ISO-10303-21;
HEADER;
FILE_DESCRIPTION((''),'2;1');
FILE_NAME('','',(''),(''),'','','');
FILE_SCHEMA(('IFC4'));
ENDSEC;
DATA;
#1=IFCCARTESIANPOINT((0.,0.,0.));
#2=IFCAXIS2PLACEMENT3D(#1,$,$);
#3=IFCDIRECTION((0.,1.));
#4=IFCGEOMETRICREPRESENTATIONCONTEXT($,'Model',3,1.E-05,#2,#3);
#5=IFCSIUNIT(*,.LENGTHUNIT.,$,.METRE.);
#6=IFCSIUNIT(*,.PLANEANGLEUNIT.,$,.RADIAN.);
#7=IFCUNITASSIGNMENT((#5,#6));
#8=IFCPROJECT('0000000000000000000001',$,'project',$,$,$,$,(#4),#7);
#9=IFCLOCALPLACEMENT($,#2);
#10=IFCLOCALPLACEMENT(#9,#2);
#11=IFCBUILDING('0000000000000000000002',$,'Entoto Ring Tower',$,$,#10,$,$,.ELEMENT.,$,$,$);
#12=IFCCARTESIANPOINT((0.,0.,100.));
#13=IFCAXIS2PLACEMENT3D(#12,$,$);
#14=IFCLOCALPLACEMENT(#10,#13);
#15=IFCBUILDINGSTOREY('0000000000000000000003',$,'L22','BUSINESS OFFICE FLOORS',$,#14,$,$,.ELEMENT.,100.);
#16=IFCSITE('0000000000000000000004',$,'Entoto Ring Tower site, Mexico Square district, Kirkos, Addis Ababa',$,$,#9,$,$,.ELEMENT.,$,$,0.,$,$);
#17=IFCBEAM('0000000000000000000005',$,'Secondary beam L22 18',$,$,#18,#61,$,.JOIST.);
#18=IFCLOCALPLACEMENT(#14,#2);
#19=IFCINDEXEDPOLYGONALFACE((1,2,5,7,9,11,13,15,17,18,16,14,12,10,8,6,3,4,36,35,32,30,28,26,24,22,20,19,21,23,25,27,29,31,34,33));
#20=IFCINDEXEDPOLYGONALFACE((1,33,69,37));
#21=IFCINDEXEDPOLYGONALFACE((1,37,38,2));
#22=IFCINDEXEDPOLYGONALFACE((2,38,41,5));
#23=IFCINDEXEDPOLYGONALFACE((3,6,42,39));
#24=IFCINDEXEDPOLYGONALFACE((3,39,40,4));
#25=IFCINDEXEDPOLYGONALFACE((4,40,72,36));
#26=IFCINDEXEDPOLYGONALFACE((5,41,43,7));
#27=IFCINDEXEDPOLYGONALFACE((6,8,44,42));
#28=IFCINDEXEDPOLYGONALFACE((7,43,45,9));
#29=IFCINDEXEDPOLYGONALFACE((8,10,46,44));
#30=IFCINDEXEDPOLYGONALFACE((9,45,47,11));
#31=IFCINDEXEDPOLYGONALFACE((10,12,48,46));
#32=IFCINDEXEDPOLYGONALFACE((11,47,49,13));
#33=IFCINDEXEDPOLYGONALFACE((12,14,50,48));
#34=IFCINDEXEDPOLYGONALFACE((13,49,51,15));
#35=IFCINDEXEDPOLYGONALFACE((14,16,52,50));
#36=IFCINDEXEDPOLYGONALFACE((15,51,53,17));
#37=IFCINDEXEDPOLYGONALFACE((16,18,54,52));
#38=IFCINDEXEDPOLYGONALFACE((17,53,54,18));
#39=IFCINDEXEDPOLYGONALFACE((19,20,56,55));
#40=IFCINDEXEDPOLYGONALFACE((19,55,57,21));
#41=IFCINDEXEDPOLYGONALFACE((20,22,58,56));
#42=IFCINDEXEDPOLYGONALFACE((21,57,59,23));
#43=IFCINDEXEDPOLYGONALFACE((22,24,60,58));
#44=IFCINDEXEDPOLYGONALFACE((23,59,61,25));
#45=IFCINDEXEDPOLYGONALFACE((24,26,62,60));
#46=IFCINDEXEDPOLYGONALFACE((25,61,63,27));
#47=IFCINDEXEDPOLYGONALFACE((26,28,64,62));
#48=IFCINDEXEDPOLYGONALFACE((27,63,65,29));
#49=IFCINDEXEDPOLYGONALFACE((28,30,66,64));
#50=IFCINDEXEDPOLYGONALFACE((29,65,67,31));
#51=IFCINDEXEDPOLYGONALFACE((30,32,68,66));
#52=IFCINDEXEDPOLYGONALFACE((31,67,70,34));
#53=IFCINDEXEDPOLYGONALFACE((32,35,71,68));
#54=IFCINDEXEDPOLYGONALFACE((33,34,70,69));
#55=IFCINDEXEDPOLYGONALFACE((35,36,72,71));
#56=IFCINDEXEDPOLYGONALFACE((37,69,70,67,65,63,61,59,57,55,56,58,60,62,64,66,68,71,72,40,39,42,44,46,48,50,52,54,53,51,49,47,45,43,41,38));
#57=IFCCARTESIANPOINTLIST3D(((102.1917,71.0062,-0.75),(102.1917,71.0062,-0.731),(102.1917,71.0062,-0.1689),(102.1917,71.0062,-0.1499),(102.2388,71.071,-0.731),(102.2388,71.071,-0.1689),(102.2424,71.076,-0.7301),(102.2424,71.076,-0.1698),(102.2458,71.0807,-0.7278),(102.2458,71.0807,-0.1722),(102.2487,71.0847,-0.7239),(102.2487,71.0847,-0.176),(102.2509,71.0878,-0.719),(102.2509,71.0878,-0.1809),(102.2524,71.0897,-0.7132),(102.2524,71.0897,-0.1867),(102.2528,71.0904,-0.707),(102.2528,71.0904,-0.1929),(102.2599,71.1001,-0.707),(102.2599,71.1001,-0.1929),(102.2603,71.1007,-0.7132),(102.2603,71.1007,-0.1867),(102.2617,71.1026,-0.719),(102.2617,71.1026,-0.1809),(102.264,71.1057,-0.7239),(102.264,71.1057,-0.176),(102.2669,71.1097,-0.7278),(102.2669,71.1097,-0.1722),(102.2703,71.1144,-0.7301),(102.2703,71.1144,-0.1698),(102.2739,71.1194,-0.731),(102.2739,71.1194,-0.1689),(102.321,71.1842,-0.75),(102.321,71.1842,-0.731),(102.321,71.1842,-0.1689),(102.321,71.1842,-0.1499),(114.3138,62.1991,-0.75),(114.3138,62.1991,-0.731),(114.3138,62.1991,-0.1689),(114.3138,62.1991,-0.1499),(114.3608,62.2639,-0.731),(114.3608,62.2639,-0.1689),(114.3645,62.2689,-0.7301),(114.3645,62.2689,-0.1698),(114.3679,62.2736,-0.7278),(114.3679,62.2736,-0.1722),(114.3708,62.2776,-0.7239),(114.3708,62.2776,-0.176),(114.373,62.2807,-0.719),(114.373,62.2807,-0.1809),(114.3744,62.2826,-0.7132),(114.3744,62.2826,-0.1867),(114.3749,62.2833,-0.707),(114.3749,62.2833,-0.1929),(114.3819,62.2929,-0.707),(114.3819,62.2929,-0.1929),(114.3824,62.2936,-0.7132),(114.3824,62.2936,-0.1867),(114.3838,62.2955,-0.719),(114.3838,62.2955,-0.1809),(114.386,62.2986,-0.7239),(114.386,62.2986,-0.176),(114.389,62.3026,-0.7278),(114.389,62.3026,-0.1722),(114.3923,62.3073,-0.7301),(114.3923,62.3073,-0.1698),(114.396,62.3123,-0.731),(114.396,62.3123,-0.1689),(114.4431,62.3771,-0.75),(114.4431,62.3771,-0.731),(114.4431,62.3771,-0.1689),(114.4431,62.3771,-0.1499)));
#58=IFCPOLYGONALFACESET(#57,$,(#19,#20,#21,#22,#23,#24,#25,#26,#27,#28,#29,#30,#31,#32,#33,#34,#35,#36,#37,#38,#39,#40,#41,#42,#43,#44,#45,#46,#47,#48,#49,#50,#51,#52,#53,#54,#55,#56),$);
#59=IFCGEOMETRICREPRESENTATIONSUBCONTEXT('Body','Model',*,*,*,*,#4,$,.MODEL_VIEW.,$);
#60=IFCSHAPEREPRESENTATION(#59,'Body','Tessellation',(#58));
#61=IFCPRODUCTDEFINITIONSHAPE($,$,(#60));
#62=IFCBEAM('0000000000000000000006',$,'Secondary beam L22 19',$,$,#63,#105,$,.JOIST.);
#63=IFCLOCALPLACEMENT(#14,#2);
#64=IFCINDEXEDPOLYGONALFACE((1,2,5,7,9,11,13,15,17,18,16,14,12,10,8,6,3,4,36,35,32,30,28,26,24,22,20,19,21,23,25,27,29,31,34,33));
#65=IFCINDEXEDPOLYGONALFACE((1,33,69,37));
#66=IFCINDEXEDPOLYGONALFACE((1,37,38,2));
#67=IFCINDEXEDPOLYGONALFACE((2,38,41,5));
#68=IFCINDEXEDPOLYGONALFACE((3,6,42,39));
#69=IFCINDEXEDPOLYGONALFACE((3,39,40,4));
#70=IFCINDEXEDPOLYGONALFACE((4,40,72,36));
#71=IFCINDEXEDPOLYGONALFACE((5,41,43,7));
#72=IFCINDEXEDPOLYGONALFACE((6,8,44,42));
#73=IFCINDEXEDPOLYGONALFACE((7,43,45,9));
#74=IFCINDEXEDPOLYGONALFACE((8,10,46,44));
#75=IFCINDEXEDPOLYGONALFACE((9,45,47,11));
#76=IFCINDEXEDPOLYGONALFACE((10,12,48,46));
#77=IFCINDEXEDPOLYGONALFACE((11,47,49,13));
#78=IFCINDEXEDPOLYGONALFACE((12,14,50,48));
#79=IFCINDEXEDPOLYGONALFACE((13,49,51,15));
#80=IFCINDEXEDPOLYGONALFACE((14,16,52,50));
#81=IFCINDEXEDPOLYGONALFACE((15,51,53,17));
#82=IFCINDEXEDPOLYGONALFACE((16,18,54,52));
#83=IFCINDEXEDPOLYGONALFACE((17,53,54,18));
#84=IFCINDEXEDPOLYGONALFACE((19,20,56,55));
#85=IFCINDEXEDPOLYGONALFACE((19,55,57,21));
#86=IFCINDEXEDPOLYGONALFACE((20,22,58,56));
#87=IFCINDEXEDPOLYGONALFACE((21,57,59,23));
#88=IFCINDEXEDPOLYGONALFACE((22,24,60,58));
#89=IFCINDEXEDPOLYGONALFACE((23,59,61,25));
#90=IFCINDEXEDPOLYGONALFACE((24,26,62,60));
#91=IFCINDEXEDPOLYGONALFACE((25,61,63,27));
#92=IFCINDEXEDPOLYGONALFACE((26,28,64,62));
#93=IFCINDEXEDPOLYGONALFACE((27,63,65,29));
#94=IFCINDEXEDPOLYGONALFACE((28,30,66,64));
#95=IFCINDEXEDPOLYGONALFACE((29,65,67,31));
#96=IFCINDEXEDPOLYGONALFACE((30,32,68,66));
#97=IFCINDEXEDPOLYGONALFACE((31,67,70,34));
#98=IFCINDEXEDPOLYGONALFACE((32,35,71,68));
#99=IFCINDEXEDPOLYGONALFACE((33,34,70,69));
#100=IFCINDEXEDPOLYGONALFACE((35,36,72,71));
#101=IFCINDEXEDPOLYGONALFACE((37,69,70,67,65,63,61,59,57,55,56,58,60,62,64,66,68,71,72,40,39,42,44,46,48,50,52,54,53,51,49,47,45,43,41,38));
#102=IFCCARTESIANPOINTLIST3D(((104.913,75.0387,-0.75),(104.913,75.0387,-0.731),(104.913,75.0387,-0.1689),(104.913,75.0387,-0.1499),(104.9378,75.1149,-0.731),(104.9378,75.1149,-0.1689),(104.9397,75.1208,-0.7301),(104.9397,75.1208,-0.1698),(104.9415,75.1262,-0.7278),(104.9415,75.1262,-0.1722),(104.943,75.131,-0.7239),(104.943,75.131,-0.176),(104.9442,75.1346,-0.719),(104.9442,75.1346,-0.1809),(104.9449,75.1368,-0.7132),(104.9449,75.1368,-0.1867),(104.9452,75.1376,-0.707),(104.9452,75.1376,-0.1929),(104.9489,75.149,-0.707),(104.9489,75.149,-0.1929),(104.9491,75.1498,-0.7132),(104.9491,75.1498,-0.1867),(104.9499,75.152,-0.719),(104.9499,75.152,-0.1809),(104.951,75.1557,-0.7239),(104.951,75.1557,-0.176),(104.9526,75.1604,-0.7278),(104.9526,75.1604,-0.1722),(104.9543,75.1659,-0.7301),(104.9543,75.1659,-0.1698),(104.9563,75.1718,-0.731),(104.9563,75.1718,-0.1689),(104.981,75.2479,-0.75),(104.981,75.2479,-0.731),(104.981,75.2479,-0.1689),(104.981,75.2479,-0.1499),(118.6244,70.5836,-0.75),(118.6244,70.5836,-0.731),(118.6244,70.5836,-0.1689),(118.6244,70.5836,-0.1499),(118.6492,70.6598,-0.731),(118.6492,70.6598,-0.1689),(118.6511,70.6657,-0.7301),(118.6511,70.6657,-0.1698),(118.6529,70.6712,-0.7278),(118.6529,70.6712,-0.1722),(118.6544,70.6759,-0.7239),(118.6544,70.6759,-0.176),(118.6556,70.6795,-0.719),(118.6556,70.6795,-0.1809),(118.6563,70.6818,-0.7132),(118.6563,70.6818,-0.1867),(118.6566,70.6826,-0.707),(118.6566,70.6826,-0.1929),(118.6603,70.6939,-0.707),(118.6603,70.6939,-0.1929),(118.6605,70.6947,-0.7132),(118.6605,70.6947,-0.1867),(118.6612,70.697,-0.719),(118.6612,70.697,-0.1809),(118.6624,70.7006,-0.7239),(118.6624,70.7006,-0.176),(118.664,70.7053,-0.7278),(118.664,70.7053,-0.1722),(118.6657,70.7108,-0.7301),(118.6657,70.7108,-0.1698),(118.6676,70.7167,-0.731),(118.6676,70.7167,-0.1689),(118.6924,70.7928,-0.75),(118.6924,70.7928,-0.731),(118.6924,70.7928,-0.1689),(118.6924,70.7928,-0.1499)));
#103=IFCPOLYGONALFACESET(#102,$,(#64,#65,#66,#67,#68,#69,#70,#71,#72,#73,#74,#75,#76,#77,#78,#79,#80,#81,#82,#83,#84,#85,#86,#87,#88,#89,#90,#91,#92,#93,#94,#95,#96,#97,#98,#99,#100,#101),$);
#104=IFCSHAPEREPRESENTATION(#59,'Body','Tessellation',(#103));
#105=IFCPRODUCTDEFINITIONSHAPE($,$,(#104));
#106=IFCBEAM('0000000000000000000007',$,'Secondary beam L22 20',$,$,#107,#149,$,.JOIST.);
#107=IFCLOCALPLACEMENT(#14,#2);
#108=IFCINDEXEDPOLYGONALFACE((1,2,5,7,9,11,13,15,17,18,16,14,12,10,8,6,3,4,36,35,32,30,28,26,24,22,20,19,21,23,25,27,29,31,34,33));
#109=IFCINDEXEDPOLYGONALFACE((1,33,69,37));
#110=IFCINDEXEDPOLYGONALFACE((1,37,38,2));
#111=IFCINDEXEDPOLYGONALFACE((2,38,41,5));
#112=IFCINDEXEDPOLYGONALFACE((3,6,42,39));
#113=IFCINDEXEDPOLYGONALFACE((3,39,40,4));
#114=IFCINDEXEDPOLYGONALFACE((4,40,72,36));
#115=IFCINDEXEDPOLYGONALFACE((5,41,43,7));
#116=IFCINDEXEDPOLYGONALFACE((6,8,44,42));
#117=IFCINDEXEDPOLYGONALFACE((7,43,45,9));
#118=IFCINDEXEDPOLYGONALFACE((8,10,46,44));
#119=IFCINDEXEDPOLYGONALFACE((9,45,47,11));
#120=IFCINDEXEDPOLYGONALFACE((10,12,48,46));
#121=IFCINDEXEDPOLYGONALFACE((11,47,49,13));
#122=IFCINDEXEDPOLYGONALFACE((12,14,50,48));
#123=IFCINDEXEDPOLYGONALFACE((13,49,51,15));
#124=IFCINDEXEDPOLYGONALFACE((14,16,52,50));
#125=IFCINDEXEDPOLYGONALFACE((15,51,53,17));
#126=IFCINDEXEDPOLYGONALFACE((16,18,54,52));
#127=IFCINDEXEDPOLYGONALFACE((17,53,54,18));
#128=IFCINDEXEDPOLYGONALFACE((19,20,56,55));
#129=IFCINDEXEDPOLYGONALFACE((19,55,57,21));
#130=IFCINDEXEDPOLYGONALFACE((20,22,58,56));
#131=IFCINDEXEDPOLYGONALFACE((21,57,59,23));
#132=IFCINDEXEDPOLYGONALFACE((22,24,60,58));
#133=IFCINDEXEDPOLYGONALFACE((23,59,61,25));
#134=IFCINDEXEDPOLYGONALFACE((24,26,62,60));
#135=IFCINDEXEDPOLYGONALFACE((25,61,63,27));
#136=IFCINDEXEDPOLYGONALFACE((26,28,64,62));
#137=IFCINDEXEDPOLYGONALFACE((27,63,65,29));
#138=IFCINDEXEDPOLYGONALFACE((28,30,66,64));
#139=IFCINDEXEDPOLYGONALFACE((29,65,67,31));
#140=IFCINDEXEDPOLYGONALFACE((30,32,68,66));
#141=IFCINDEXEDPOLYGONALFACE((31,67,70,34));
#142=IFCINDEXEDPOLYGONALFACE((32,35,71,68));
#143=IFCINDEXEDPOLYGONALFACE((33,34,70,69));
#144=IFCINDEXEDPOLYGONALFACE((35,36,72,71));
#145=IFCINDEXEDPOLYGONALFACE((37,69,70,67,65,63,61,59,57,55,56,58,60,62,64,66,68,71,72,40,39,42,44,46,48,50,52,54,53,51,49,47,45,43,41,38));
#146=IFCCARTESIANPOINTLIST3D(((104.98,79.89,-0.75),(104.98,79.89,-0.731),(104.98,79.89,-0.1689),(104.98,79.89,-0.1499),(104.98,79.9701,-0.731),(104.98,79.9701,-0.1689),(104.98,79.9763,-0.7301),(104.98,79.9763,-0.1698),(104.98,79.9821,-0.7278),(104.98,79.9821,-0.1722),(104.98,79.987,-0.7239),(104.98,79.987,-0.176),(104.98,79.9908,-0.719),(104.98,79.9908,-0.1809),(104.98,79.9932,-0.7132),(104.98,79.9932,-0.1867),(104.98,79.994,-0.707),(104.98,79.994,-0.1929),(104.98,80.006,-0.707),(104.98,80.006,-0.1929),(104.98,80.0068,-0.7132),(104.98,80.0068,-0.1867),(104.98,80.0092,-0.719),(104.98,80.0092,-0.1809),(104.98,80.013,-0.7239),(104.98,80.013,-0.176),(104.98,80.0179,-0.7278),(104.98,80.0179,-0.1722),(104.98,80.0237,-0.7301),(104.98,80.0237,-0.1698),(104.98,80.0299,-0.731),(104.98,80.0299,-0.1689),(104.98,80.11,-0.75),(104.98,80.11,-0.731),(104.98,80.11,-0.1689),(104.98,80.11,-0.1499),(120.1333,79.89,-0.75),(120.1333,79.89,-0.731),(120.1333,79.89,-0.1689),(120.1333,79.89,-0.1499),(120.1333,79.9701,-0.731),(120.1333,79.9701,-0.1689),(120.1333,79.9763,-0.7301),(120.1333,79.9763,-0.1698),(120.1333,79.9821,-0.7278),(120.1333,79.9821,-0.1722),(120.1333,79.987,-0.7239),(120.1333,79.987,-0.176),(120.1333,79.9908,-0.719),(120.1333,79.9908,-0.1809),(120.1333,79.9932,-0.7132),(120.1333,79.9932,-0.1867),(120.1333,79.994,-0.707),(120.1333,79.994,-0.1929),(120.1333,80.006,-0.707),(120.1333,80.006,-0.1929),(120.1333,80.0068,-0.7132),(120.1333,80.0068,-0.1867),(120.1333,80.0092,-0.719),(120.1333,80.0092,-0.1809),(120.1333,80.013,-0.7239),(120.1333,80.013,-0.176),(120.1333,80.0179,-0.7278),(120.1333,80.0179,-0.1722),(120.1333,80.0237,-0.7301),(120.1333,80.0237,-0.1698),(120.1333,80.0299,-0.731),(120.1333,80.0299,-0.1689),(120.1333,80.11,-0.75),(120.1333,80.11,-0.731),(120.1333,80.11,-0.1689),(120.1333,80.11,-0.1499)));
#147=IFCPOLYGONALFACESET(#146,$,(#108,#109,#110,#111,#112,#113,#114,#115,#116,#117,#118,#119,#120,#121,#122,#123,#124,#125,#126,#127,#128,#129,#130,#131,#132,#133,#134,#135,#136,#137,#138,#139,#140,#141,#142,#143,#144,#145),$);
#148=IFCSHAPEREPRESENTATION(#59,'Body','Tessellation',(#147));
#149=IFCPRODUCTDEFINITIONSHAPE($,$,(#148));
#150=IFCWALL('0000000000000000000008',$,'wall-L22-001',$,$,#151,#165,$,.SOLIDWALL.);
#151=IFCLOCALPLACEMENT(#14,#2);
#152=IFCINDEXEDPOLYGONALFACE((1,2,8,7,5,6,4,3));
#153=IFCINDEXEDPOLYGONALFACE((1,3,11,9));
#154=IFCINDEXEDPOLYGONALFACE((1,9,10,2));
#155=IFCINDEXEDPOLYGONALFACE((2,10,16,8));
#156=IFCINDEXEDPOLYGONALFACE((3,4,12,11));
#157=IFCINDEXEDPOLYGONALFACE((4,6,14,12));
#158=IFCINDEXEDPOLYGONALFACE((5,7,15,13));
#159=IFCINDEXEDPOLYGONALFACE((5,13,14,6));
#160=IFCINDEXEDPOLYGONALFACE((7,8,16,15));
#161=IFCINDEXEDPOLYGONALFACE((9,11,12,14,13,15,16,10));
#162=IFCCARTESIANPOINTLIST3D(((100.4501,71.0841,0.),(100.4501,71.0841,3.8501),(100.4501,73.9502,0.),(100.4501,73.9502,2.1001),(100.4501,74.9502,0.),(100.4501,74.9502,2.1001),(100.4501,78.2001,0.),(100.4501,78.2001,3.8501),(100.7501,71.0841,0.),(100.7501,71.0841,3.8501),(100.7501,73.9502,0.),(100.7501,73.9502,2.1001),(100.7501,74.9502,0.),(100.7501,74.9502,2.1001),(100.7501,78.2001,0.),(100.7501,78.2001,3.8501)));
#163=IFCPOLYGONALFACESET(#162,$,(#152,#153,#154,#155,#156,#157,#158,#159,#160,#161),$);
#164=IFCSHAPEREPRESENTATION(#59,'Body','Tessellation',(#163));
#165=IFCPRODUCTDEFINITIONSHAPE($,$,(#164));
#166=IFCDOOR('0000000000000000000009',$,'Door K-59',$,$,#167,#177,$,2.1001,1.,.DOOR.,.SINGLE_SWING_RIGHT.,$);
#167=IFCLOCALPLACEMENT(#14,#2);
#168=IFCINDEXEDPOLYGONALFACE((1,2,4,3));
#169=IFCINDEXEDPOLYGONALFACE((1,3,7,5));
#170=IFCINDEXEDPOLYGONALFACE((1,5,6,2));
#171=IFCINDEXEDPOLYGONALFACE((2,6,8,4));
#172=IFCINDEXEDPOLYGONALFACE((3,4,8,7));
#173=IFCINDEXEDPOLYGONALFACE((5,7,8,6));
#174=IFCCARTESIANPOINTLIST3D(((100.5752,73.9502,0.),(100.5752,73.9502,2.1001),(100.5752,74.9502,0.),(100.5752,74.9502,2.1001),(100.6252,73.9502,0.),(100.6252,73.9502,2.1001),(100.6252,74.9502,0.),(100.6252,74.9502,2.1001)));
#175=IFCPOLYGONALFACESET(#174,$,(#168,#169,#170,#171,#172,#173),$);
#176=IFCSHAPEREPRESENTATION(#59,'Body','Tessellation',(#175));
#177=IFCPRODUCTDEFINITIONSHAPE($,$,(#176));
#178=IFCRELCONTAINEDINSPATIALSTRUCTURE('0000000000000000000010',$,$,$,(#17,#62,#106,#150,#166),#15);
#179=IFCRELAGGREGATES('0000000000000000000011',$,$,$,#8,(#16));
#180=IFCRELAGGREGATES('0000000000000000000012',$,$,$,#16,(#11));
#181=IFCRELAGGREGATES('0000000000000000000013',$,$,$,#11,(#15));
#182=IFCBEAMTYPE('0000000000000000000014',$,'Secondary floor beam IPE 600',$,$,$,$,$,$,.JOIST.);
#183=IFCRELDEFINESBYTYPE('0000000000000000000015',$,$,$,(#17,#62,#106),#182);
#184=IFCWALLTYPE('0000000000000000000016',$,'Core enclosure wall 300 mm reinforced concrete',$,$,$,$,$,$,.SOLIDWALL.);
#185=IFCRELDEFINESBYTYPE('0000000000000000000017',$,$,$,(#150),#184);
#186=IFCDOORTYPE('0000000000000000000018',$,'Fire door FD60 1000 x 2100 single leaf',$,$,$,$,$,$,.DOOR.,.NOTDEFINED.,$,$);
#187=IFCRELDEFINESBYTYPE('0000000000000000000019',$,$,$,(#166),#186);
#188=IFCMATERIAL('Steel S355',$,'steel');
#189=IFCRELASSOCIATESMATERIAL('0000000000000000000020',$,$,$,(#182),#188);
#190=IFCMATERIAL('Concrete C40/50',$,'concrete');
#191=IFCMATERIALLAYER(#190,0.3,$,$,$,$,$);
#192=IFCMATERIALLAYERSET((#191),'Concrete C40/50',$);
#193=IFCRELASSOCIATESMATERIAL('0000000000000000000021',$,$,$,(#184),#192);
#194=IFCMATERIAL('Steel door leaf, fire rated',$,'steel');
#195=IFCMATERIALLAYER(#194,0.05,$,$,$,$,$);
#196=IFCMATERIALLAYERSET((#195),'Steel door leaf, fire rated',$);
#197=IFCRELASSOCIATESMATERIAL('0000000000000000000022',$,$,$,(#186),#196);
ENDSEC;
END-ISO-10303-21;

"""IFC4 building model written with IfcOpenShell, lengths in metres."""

from ifc_helpers import new_model, si_unit, direction, frame, frame_2d, origin, origin_2d, place, context, subcontext, project, spatial, rectangle, i_section, extrude, material, layer, layer_set, material_profile, profile_set, type_object, element, fill, save


model = new_model("IFC4")

# Units and contexts
model_context = context("Model", 3, precision=1e-05, world=origin(), true_north=direction((0.0, 1.0)))
body_context = subcontext(model_context, "Body", "Model", "MODEL_VIEW")
ifc_project = project(units=[si_unit("LENGTHUNIT", "METRE"), si_unit("PLANEANGLEUNIT", "RADIAN")], contexts=[model_context])

# Site, building, storey
site_placement = place(None, origin())
site = spatial("IfcSite", under=ifc_project, at=site_placement, Name="Entoto Ring Tower site, Mexico Square district, Kirkos, Addis Ababa", CompositionType="ELEMENT", RefElevation=0.0)
building_placement = place(site_placement, origin())
building = spatial("IfcBuilding", under=site, at=building_placement, Name="Entoto Ring Tower", CompositionType="ELEMENT")
storey_placement = place(building_placement, frame((0.0, 0.0, 100.0)))
storey = spatial("IfcBuildingStorey", under=building, at=storey_placement, Name="L22", Description="BUSINESS OFFICE FLOORS", CompositionType="ELEMENT", Elevation=100.0)

# Beams
ifc_material_1 = material(Name="Steel S355", Category="steel")
ifc_material_profile_1 = material_profile(ifc_material_1, i_section(OverallWidth=0.22, OverallDepth=0.6001, WebThickness=0.012, FlangeThickness=0.019, FilletRadius=0.0239, at=origin_2d()), Name="IPE 600")
ifc_profile_set_1 = profile_set([ifc_material_profile_1], Name="Steel S355")
beam_type_1 = type_object("IfcBeamType", Name="Secondary floor beam IPE 600", PredefinedType="JOIST", material=ifc_profile_set_1)
for number, where, z_axis, x_axis, name in (
    (1, (102.2563, 71.0952, -0.45), (0.809019, -0.587782, 0.0), (0.587782, 0.809019, 0.0), "Secondary beam L22 18"),
):
    element("IfcBeam", number, at=place(storey_placement, frame(where, z_axis=z_axis, x_axis=x_axis)), inside=storey, type_object=beam_type_1, Name=name, PredefinedType="JOIST", context=body_context, shape_type="SweptSolid", body=[
        extrude(i_section(OverallWidth=0.22, OverallDepth=0.6001, WebThickness=0.012, FlangeThickness=0.019, FilletRadius=0.0239, at=origin_2d()), origin(), (0.0, 0.0, 1.0), 14.9836),
    ])
beam_1_placement = place(storey_placement, frame((104.947, 75.1433, -0.45), z_axis=(0.951057, -0.309015, 0.0), x_axis=(0.309015, 0.951057, 0.0)))
element("IfcBeam", 2, at=beam_1_placement, inside=storey, type_object=beam_type_1, Name="Secondary beam L22 19", PredefinedType="JOIST", context=body_context, shape_type="SweptSolid", body=[
    extrude(i_section(OverallWidth=0.22, OverallDepth=0.6001, WebThickness=0.012, FlangeThickness=0.019, FilletRadius=0.0239, at=origin_2d()), origin(), (0.0, 0.0, 1.0), 14.417),
])
beam_2_placement = place(storey_placement, frame((104.98, 80.0, -0.45), z_axis=(1.0, 0.0, 0.0), x_axis=(0.0, 1.0, 0.0)))
element("IfcBeam", 3, at=beam_2_placement, inside=storey, type_object=beam_type_1, Name="Secondary beam L22 20", PredefinedType="JOIST", context=body_context, shape_type="SweptSolid", body=[
    extrude(i_section(OverallWidth=0.22, OverallDepth=0.6001, WebThickness=0.012, FlangeThickness=0.019, FilletRadius=0.0239, at=origin_2d()), origin(), (0.0, 0.0, 1.0), 15.1533),
])

# Wall, opening, door
ifc_material_2 = material(Name="Concrete C40/50", Category="concrete")
ifc_layer_1 = layer(ifc_material_2, 0.3)
ifc_layer_set_1 = layer_set([ifc_layer_1], Name="Concrete C40/50")
wall_type_1 = type_object("IfcWallType", Name="Core enclosure wall 300 mm reinforced concrete", PredefinedType="SOLIDWALL", material=ifc_layer_set_1)
wall_1_placement = place(storey_placement, frame((100.6001, 71.084, 0.0), z_axis=(0.0, 0.0, 1.0), x_axis=(0.0, 1.0, 0.0)))
wall_1 = element("IfcWall", 4, at=wall_1_placement, inside=storey, type_object=wall_type_1, Name="wall-L22-001", PredefinedType="SOLIDWALL", context=body_context, shape_type="SweptSolid", body=[
    extrude(rectangle(XDim=7.116, YDim=0.3, at=frame_2d((3.5581, 0.0))), origin(), (0.0, 0.0, 1.0), 3.8501),
])
opening_1_placement = place(wall_1_placement, frame((2.8662, 0.0, 0.0)))
opening_1 = element("IfcOpeningElement", 5, at=opening_1_placement, cuts=wall_1, PredefinedType="OPENING", context=body_context, shape_type="SweptSolid", body=[
    extrude(rectangle(XDim=1.0, YDim=2.1001, at=frame_2d((0.5, 1.05))), frame((0.0, 0.1602, 0.0), z_axis=(0.0, -1.0, 0.0), x_axis=(1.0, 0.0, 0.0)), (0.0, 0.0, 1.0), 0.3201),
])
ifc_material_3 = material(Name="Steel door leaf, fire rated", Category="steel")
ifc_layer_2 = layer(ifc_material_3, 0.05)
ifc_layer_set_2 = layer_set([ifc_layer_2], Name="Steel door leaf, fire rated")
door_type_1 = type_object("IfcDoorType", Name="Fire door FD60 1000 x 2100 single leaf", OperationType="NOTDEFINED", PredefinedType="DOOR", material=ifc_layer_set_2)
door_1_placement = place(opening_1_placement, origin())
door_1 = element("IfcDoor", 6, at=door_1_placement, inside=storey, type_object=door_type_1, Name="Door K-59", OperationType="SINGLE_SWING_RIGHT", OverallHeight=2.1001, OverallWidth=1.0, PredefinedType="DOOR", context=body_context, shape_type="SweptSolid", body=[
    extrude(rectangle(XDim=1.0, YDim=2.1001, at=frame_2d((0.5, 1.05))), frame((0.0, 0.0249, 0.0), z_axis=(0.0, -1.0, 0.0), x_axis=(1.0, 0.0, 0.0)), (0.0, 0.0, 1.0), 0.05),
])
fill(opening_1, door_1)

save(model, "model.ifc")
